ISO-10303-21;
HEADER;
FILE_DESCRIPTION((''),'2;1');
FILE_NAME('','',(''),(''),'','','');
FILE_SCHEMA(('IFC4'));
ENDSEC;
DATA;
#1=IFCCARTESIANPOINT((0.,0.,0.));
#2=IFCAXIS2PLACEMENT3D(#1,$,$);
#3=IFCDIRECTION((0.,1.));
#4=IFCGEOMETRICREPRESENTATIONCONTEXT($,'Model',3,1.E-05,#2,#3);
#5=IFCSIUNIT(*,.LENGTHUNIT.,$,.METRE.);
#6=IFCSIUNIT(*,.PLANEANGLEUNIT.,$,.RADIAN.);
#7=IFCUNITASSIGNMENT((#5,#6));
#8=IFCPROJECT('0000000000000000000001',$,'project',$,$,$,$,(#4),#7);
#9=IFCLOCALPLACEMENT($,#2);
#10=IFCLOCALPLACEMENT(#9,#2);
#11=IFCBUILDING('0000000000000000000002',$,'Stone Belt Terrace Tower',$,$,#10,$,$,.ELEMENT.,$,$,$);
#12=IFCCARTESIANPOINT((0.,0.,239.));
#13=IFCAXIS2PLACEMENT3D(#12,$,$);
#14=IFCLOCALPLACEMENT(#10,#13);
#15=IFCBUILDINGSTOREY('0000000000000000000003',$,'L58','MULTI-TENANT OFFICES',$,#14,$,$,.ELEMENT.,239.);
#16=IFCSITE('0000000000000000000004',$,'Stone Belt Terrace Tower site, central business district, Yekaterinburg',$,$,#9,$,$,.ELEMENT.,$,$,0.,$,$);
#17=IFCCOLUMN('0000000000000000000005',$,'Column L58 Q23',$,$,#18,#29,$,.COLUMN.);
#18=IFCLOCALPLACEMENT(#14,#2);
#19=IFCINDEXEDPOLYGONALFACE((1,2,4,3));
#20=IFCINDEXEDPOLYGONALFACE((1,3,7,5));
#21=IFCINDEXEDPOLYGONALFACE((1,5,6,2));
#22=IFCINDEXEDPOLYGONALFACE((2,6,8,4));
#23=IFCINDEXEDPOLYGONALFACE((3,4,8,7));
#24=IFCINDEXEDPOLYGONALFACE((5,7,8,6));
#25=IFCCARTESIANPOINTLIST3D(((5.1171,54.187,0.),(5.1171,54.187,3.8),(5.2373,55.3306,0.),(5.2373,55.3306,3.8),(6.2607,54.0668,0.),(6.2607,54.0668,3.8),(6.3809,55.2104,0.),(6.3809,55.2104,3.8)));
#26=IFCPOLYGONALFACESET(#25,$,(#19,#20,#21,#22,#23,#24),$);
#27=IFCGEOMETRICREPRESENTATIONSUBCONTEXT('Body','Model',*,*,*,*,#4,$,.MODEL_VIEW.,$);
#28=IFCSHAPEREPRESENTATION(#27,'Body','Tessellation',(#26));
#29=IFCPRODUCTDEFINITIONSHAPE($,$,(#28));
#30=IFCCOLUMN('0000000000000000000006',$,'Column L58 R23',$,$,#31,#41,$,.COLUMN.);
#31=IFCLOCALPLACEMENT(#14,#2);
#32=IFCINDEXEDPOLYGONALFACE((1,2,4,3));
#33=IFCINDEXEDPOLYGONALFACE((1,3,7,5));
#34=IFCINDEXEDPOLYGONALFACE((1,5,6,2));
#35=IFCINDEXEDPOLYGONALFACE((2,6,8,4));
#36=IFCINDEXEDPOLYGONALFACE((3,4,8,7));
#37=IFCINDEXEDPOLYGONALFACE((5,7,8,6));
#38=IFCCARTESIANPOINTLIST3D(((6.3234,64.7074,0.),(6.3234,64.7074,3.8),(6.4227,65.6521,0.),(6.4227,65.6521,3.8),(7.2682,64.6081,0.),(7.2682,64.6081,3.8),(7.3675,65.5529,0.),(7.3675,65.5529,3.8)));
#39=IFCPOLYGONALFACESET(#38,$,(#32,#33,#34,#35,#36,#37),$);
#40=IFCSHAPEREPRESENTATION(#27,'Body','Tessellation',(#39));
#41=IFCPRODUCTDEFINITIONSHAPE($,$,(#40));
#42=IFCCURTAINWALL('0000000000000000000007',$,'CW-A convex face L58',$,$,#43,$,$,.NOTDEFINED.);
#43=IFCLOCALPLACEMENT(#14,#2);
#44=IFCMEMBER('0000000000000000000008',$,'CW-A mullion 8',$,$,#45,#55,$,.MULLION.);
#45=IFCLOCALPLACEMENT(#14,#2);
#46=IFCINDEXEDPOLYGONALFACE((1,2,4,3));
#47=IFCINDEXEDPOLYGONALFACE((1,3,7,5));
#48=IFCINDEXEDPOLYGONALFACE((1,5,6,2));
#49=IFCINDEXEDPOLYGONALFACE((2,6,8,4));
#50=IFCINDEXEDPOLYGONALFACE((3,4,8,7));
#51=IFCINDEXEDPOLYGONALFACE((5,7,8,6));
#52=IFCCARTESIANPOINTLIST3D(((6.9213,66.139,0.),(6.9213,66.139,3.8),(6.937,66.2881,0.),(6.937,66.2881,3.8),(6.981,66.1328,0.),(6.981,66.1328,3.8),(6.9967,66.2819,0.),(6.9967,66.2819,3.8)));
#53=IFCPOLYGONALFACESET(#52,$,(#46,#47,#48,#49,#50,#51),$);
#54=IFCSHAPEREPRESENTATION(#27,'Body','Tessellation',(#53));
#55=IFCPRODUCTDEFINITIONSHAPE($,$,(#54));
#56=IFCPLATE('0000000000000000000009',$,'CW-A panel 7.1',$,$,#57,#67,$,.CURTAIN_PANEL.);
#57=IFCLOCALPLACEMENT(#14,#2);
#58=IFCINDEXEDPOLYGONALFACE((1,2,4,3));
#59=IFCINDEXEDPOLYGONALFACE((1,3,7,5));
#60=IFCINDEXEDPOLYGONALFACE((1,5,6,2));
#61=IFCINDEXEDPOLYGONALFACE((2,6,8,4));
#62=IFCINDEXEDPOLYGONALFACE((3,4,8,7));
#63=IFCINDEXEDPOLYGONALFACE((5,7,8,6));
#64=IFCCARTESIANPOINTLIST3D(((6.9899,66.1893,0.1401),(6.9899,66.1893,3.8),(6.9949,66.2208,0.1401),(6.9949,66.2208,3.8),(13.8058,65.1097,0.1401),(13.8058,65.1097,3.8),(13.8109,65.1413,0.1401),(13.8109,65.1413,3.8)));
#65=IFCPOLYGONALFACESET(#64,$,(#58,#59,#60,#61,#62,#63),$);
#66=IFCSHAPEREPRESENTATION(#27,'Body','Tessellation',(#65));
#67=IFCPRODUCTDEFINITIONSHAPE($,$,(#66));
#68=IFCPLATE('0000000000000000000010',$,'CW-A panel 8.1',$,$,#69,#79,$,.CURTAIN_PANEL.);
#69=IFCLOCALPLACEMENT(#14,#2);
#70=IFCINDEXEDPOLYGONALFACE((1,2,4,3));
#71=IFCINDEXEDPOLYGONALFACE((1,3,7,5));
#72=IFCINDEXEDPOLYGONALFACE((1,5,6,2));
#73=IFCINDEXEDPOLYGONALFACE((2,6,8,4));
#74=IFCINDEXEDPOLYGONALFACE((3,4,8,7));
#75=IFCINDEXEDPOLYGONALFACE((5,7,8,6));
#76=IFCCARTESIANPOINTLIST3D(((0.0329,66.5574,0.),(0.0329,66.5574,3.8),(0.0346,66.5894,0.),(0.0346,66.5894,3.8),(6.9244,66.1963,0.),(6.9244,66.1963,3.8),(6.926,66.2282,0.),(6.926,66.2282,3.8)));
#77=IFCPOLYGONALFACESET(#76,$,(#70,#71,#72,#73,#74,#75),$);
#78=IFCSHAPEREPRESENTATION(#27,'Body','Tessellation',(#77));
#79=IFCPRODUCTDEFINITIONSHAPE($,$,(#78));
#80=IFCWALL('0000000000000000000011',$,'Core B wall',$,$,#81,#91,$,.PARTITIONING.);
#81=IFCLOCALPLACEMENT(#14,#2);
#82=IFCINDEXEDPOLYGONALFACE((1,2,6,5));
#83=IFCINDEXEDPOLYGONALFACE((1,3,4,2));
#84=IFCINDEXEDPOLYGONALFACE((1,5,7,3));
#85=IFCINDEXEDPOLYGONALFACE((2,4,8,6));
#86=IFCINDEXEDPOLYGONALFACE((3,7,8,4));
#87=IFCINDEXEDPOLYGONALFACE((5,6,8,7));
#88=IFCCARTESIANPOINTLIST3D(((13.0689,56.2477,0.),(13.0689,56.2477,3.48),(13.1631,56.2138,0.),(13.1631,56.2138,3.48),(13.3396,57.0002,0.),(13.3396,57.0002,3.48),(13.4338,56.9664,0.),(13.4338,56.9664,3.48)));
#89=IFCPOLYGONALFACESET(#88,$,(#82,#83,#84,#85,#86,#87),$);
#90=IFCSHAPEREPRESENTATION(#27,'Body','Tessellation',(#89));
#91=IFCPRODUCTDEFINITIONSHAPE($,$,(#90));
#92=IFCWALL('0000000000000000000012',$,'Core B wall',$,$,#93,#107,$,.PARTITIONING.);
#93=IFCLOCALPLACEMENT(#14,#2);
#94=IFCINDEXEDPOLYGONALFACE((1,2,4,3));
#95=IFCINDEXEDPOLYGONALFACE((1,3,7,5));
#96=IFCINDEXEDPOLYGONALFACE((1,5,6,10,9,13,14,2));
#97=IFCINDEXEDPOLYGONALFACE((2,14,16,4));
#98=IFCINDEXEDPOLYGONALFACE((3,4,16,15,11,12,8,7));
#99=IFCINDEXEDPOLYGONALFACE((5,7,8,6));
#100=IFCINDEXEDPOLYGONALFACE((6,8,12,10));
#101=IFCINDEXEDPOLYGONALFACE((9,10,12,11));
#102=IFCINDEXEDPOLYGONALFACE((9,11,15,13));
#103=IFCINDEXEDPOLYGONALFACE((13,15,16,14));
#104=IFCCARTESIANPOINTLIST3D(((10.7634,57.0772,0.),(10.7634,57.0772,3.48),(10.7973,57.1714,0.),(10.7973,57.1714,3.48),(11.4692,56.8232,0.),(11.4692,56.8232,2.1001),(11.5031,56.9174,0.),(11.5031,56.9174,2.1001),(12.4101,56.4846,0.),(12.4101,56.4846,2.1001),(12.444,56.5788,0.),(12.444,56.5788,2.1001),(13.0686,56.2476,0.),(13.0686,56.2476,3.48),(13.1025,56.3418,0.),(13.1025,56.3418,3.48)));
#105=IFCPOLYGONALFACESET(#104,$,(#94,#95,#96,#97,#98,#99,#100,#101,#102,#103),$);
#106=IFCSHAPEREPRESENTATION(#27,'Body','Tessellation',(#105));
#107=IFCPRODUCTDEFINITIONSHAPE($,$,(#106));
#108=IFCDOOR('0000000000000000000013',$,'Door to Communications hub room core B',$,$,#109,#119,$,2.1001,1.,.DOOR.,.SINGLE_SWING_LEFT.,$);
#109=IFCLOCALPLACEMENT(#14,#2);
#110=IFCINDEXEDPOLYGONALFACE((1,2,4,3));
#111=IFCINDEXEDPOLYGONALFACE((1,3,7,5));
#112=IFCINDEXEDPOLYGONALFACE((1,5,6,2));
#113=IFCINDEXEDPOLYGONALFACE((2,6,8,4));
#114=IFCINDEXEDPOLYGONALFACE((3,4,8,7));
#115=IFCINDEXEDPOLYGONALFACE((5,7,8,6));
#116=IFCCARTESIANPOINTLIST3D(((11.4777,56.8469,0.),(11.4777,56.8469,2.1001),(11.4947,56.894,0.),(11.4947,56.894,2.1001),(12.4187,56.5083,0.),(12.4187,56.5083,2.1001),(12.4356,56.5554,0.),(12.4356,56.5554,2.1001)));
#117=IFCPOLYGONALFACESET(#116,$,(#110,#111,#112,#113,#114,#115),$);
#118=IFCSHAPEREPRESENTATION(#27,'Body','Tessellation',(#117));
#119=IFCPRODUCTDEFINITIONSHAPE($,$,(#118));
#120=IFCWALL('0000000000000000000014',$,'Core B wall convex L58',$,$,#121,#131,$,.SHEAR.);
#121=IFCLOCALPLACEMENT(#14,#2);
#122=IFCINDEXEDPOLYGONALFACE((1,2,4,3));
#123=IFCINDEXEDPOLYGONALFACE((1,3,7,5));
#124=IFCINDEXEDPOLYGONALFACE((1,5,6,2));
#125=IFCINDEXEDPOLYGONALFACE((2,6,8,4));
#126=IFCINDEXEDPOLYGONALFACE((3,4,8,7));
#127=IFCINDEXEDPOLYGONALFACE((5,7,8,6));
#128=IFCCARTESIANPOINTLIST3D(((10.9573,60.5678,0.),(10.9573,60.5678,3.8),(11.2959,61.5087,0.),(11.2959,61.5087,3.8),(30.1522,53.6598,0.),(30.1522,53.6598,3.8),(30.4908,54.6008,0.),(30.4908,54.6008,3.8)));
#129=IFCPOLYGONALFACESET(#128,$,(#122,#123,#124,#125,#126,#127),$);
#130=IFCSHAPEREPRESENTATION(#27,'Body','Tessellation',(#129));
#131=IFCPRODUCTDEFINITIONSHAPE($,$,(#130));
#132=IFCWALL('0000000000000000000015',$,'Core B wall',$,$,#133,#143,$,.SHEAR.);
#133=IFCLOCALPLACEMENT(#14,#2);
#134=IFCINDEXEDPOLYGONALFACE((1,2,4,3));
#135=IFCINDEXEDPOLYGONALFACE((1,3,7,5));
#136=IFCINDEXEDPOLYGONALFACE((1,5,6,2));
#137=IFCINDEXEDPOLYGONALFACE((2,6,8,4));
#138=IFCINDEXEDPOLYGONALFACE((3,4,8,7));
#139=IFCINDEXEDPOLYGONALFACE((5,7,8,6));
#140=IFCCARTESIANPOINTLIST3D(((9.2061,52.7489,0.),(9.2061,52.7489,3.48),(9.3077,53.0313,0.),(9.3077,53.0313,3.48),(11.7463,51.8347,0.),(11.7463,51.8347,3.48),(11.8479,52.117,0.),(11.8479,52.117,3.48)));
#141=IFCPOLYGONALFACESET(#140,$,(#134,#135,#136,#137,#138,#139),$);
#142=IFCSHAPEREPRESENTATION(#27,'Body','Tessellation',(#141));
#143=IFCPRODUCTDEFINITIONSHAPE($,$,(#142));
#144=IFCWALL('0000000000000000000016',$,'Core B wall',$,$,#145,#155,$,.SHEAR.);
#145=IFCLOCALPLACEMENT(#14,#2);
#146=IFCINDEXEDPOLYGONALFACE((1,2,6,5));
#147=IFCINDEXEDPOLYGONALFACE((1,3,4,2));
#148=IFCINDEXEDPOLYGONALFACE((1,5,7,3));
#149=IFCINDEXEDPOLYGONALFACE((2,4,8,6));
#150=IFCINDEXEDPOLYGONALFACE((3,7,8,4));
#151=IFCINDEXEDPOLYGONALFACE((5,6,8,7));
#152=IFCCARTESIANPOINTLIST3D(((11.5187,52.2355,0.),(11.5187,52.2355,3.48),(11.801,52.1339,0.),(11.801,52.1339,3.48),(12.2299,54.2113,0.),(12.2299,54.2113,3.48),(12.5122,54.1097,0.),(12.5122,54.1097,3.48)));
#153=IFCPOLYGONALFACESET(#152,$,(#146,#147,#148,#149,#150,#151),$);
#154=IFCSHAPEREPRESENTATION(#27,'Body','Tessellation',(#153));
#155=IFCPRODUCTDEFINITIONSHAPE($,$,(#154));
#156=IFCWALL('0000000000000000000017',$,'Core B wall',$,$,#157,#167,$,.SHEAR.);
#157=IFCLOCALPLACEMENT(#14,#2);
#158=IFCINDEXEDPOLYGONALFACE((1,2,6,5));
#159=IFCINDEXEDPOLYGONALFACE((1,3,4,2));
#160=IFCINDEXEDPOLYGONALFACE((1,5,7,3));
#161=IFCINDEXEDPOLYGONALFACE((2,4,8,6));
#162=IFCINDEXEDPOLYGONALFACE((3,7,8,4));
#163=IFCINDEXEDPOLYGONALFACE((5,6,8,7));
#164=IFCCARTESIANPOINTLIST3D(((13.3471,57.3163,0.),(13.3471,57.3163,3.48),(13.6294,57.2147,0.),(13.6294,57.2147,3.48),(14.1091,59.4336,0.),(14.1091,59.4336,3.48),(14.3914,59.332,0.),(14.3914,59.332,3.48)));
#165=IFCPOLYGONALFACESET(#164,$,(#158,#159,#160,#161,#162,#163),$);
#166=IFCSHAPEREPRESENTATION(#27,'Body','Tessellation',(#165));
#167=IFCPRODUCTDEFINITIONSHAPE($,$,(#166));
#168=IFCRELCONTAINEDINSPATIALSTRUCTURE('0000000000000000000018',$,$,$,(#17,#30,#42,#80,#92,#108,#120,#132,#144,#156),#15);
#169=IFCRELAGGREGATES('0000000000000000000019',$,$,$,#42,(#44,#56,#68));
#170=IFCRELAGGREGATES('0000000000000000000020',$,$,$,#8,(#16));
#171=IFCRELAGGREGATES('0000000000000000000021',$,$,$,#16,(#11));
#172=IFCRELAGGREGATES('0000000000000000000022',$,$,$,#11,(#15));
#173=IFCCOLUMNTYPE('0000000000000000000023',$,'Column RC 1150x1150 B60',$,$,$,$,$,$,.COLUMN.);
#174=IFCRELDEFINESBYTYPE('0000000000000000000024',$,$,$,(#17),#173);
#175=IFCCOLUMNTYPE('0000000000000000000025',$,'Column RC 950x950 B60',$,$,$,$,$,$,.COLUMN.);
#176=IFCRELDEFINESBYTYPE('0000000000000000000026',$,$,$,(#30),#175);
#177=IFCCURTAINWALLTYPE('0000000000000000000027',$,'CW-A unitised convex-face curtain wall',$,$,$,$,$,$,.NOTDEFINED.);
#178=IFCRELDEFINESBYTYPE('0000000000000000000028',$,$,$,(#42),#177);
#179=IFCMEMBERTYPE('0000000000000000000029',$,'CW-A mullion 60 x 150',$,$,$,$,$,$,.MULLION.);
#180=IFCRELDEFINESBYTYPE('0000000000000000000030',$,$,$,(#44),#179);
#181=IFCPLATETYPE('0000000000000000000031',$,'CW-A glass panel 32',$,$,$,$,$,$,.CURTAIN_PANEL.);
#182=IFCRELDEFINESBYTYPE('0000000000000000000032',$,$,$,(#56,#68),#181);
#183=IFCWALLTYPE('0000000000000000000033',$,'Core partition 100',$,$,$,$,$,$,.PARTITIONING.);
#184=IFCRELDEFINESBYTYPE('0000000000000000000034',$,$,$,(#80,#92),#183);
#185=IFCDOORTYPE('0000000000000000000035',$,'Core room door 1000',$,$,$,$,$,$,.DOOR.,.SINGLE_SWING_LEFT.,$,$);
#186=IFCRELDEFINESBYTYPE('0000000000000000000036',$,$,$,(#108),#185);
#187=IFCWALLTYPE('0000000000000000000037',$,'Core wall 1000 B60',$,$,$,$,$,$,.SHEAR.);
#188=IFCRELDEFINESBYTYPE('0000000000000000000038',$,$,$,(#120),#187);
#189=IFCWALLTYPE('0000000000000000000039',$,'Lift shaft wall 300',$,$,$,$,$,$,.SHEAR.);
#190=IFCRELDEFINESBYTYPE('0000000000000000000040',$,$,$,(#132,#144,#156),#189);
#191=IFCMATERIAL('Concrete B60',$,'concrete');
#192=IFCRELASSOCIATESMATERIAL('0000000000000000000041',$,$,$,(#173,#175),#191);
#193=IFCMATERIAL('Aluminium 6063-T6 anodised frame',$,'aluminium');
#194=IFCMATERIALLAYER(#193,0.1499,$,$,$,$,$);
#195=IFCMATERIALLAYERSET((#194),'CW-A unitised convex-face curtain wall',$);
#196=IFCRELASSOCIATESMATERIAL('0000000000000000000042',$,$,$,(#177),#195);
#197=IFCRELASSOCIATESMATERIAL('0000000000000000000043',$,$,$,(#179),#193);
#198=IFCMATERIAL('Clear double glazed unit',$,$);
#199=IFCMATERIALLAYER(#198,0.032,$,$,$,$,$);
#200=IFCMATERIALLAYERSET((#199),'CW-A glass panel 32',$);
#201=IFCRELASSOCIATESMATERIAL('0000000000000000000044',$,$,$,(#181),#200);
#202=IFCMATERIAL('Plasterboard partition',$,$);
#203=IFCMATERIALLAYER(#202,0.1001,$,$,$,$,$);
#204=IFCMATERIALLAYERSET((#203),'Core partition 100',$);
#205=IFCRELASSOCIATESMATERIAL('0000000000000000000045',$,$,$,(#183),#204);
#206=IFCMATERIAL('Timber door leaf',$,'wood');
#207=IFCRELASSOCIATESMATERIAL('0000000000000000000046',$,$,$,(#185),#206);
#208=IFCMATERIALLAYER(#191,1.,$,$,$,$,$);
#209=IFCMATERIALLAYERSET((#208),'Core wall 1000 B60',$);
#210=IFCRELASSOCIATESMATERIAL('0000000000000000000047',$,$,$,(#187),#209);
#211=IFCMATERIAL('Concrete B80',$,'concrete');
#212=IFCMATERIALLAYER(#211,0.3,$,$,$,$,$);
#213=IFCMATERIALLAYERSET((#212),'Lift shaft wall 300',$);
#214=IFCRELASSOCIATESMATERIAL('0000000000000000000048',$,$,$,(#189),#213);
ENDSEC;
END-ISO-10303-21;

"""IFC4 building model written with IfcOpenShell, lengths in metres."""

from ifc_helpers import new_model, si_unit, direction, frame, frame_2d, origin, origin_2d, place, context, subcontext, project, spatial, rectangle, extrude, material, layer, layer_set, material_profile, profile_set, type_object, element, fill, aggregate, save


model = new_model("IFC4")

# Units and contexts
model_context = context("Model", 3, precision=1e-05, world=origin(), true_north=direction((0.0, 1.0)))
body_context = subcontext(model_context, "Body", "Model", "MODEL_VIEW")
ifc_project = project(units=[si_unit("LENGTHUNIT", "METRE"), si_unit("PLANEANGLEUNIT", "RADIAN")], contexts=[model_context])

# Site, building, storey
site_placement = place(None, origin())
site = spatial("IfcSite", under=ifc_project, at=site_placement, Name="Stone Belt Terrace Tower site, central business district, Yekaterinburg", CompositionType="ELEMENT", RefElevation=0.0)
building_placement = place(site_placement, origin())
building = spatial("IfcBuilding", under=site, at=building_placement, Name="Stone Belt Terrace Tower", CompositionType="ELEMENT")
storey_placement = place(building_placement, frame((0.0, 0.0, 239.0)))
storey = spatial("IfcBuildingStorey", under=building, at=storey_placement, Name="L58", Description="MULTI-TENANT OFFICES", CompositionType="ELEMENT", Elevation=239.0)

# Columns
ifc_material_1 = material(Name="Concrete B60", Category="concrete")
ifc_material_profile_1 = material_profile(ifc_material_1, rectangle(XDim=1.1499, YDim=1.1499, at=origin_2d()), Name="RC 1150x1150")
ifc_profile_set_1 = profile_set([ifc_material_profile_1], Name="Concrete B60")
column_type_1 = type_object("IfcColumnType", Name="Column RC 1150x1150 B60", PredefinedType="COLUMN", material=ifc_profile_set_1)
column_1_placement = place(storey_placement, frame((5.749, 54.6987, 0.0), z_axis=(0.0, 0.0, 1.0), x_axis=(0.994522, -0.104528, 0.0)))
element("IfcColumn", 1, at=column_1_placement, inside=storey, type_object=column_type_1, Name="Column L58 Q23", PredefinedType="COLUMN", context=body_context, shape_type="SweptSolid", body=[
    extrude(rectangle(XDim=1.1499, YDim=1.1499, at=origin_2d()), origin(), (0.0, 0.0, 1.0), 3.8),
])
ifc_material_profile_2 = material_profile(ifc_material_1, rectangle(XDim=0.95, YDim=0.95, at=origin_2d()), Name="RC 950x950")
ifc_profile_set_2 = profile_set([ifc_material_profile_2], Name="Concrete B60")
column_type_2 = type_object("IfcColumnType", Name="Column RC 950x950 B60", PredefinedType="COLUMN", material=ifc_profile_set_2)
column_2_placement = place(storey_placement, frame((6.8455, 65.1301, 0.0), z_axis=(0.0, 0.0, 1.0), x_axis=(0.994522, -0.104528, 0.0)))
element("IfcColumn", 2, at=column_2_placement, inside=storey, type_object=column_type_2, Name="Column L58 R23", PredefinedType="COLUMN", context=body_context, shape_type="SweptSolid", body=[
    extrude(rectangle(XDim=0.95, YDim=0.95, at=origin_2d()), origin(), (0.0, 0.0, 1.0), 3.8),
])

# Curtain wall, member, plates
ifc_material_2 = material(Name="Aluminium 6063-T6 anodised frame", Category="aluminium")
ifc_layer_1 = layer(ifc_material_2, 0.1499)
ifc_layer_set_1 = layer_set([ifc_layer_1], Name="CW-A unitised convex-face curtain wall")
curtain_wall_type = type_object("IfcCurtainWallType", Name="CW-A unitised convex-face curtain wall", PredefinedType="NOTDEFINED", material=ifc_layer_set_1)
curtain_wall_placement = place(storey_placement, origin())
curtain_wall = element("IfcCurtainWall", 3, at=curtain_wall_placement, inside=storey, type_object=curtain_wall_type, Name="CW-A convex face L58", PredefinedType="NOTDEFINED")
ifc_material_profile_3 = material_profile(ifc_material_2, rectangle(XDim=0.1499, YDim=0.0601, at=origin_2d()), Name="Aluminium 6063-T6 60x150")
ifc_profile_set_3 = profile_set([ifc_material_profile_3], Name="Aluminium 6063-T6 anodised frame")
member_type = type_object("IfcMemberType", Name="CW-A mullion 60 x 150", PredefinedType="MULLION", material=ifc_profile_set_3)
member_placement = place(storey_placement, frame((6.959, 66.2104, 0.0), z_axis=(0.0, 0.0, 1.0), x_axis=(-0.104528, -0.994522, 0.0)))
member = element("IfcMember", 4, at=member_placement, type_object=member_type, Name="CW-A mullion 8", PredefinedType="MULLION", context=body_context, shape_type="SweptSolid", body=[
    extrude(rectangle(XDim=0.1499, YDim=0.0601, at=origin_2d()), origin(), (0.0, 0.0, 1.0), 3.8),
])
ifc_material_3 = material(Name="Clear double glazed unit")
ifc_layer_2 = layer(ifc_material_3, 0.032)
ifc_layer_set_2 = layer_set([ifc_layer_2], Name="CW-A glass panel 32")
plate_type = type_object("IfcPlateType", Name="CW-A glass panel 32", PredefinedType="CURTAIN_PANEL", material=ifc_layer_set_2)
plate_1_placement = place(storey_placement, frame((10.4004, 65.6653, 0.1401), z_axis=(0.0, 0.0, 1.0), x_axis=(-0.987688, 0.156434, 0.0)))
plate_1 = element("IfcPlate", 5, at=plate_1_placement, type_object=plate_type, Name="CW-A panel 7.1", PredefinedType="CURTAIN_PANEL", context=body_context, shape_type="SweptSolid", body=[
    extrude(rectangle(XDim=6.9009, YDim=0.032, at=origin_2d()), origin(), (0.0, 0.0, 1.0), 3.6599),
])
plate_2_placement = place(storey_placement, frame((3.4795, 66.3928, 0.0), z_axis=(0.0, 0.0, 1.0), x_axis=(-0.99863, 0.052336, 0.0)))
plate_2 = element("IfcPlate", 6, at=plate_2_placement, type_object=plate_type, Name="CW-A panel 8.1", PredefinedType="CURTAIN_PANEL", context=body_context, shape_type="SweptSolid", body=[
    extrude(rectangle(XDim=6.9009, YDim=0.032, at=origin_2d()), origin(), (0.0, 0.0, 1.0), 3.8),
])
aggregate(curtain_wall, [member, plate_1, plate_2])

# Wall
ifc_material_4 = material(Name="Plasterboard partition")
ifc_layer_3 = layer(ifc_material_4, 0.1001)
ifc_layer_set_3 = layer_set([ifc_layer_3], Name="Core partition 100")
wall_type_1 = type_object("IfcWallType", Name="Core partition 100", PredefinedType="PARTITIONING", material=ifc_layer_set_3)
wall_1_placement = place(storey_placement, frame((13.116, 56.2307, 0.0), z_axis=(0.0, 0.0, 1.0), x_axis=(0.338482, 0.940973, 0.0)))
element("IfcWall", 7, at=wall_1_placement, inside=storey, type_object=wall_type_1, Name="Core B wall", PredefinedType="PARTITIONING", context=body_context, shape_type="SweptSolid", body=[
    extrude(rectangle(XDim=0.7998, YDim=0.1001, at=frame_2d((0.3999, 0.0))), origin(), (0.0, 0.0, 1.0), 3.48),
])

# Wall, opening, door
wall_2_placement = place(storey_placement, frame((13.0857, 56.2947, 0.0), z_axis=(0.0, 0.0, 1.0), x_axis=(-0.940923, 0.338621, 0.0)))
wall_2 = element("IfcWall", 8, at=wall_2_placement, inside=storey, type_object=wall_type_1, Name="Core B wall", PredefinedType="PARTITIONING", context=body_context, shape_type="SweptSolid", body=[
    extrude(rectangle(XDim=2.45, YDim=0.1001, at=frame_2d((1.2251, 0.0))), origin(), (0.0, 0.0, 1.0), 3.48),
])
opening_1_placement = place(wall_2_placement, frame((0.7, 0.0, 0.0)))
opening_1 = element("IfcOpeningElement", 9, at=opening_1_placement, cuts=wall_2, PredefinedType="OPENING", context=body_context, shape_type="SweptSolid", body=[
    extrude(rectangle(XDim=1.0, YDim=2.1001, at=frame_2d((0.5, 1.05))), frame((0.0, 0.0601, 0.0), z_axis=(0.0, -1.0, 0.0), x_axis=(1.0, 0.0, 0.0)), (0.0, 0.0, 1.0), 0.1201),
])
ifc_material_5 = material(Name="Timber door leaf", Category="wood")
door_type_1 = type_object("IfcDoorType", Name="Core room door 1000", OperationType="SINGLE_SWING_LEFT", PredefinedType="DOOR", material=ifc_material_5)
door_1_placement = place(opening_1_placement, origin())
door_1 = element("IfcDoor", 10, at=door_1_placement, inside=storey, type_object=door_type_1, Name="Door to Communications hub room core B", OperationType="SINGLE_SWING_LEFT", OverallHeight=2.1001, OverallWidth=1.0, PredefinedType="DOOR", context=body_context, shape_type="SweptSolid", body=[
    extrude(rectangle(XDim=1.0, YDim=2.1001, at=frame_2d((0.5, 1.05))), frame((0.0, 0.0249, 0.0), z_axis=(0.0, -1.0, 0.0), x_axis=(1.0, 0.0, 0.0)), (0.0, 0.0, 1.0), 0.05),
])
fill(opening_1, door_1)

# Walls
ifc_layer_4 = layer(ifc_material_1, 1.0)
ifc_layer_set_4 = layer_set([ifc_layer_4], Name="Core wall 1000 B60")
wall_type_2 = type_object("IfcWallType", Name="Core wall 1000 B60", PredefinedType="SHEAR", material=ifc_layer_set_4)
wall_3_placement = place(storey_placement, frame((11.1265, 61.0383, 0.0), z_axis=(0.0, 0.0, 1.0), x_axis=(0.940921, -0.338625, 0.0)))
element("IfcWall", 11, at=wall_3_placement, inside=storey, type_object=wall_type_2, Name="Core B wall convex L58", PredefinedType="SHEAR", context=body_context, shape_type="SweptSolid", body=[
    extrude(rectangle(XDim=20.4001, YDim=1.0, at=frame_2d((10.2002, 0.0))), origin(), (0.0, 0.0, 1.0), 3.8),
])
ifc_material_6 = material(Name="Concrete B80", Category="concrete")
ifc_layer_5 = layer(ifc_material_6, 0.3)
ifc_layer_set_5 = layer_set([ifc_layer_5], Name="Lift shaft wall 300")
wall_type_3 = type_object("IfcWallType", Name="Lift shaft wall 300", PredefinedType="SHEAR", material=ifc_layer_set_5)
wall_4_placement = place(storey_placement, frame((11.7971, 51.9758, 0.0), z_axis=(0.0, 0.0, 1.0), x_axis=(-0.94091, 0.338655, 0.0)))
element("IfcWall", 12, at=wall_4_placement, inside=storey, type_object=wall_type_3, Name="Core B wall", PredefinedType="SHEAR", context=body_context, shape_type="SweptSolid", body=[
    extrude(rectangle(XDim=2.6997, YDim=0.3, at=frame_2d((1.3499, 0.0))), origin(), (0.0, 0.0, 1.0), 3.48),
])
wall_5_placement = place(storey_placement, frame((11.6599, 52.1848, 0.0), z_axis=(0.0, 0.0, 1.0), x_axis=(0.33867, 0.940905, 0.0)))
element("IfcWall", 13, at=wall_5_placement, inside=storey, type_object=wall_type_3, Name="Core B wall", PredefinedType="SHEAR", context=body_context, shape_type="SweptSolid", body=[
    extrude(rectangle(XDim=2.0999, YDim=0.3, at=frame_2d((1.0498, 0.0))), origin(), (0.0, 0.0, 1.0), 3.48),
])
wall_6_placement = place(storey_placement, frame((13.4883, 57.2656, 0.0), z_axis=(0.0, 0.0, 1.0), x_axis=(0.338631, 0.940919, 0.0)))
element("IfcWall", 14, at=wall_6_placement, inside=storey, type_object=wall_type_3, Name="Core B wall", PredefinedType="SHEAR", context=body_context, shape_type="SweptSolid", body=[
    extrude(rectangle(XDim=2.2502, YDim=0.3, at=frame_2d((1.125, 0.0))), origin(), (0.0, 0.0, 1.0), 3.48),
])

save(model, "model.ifc")
